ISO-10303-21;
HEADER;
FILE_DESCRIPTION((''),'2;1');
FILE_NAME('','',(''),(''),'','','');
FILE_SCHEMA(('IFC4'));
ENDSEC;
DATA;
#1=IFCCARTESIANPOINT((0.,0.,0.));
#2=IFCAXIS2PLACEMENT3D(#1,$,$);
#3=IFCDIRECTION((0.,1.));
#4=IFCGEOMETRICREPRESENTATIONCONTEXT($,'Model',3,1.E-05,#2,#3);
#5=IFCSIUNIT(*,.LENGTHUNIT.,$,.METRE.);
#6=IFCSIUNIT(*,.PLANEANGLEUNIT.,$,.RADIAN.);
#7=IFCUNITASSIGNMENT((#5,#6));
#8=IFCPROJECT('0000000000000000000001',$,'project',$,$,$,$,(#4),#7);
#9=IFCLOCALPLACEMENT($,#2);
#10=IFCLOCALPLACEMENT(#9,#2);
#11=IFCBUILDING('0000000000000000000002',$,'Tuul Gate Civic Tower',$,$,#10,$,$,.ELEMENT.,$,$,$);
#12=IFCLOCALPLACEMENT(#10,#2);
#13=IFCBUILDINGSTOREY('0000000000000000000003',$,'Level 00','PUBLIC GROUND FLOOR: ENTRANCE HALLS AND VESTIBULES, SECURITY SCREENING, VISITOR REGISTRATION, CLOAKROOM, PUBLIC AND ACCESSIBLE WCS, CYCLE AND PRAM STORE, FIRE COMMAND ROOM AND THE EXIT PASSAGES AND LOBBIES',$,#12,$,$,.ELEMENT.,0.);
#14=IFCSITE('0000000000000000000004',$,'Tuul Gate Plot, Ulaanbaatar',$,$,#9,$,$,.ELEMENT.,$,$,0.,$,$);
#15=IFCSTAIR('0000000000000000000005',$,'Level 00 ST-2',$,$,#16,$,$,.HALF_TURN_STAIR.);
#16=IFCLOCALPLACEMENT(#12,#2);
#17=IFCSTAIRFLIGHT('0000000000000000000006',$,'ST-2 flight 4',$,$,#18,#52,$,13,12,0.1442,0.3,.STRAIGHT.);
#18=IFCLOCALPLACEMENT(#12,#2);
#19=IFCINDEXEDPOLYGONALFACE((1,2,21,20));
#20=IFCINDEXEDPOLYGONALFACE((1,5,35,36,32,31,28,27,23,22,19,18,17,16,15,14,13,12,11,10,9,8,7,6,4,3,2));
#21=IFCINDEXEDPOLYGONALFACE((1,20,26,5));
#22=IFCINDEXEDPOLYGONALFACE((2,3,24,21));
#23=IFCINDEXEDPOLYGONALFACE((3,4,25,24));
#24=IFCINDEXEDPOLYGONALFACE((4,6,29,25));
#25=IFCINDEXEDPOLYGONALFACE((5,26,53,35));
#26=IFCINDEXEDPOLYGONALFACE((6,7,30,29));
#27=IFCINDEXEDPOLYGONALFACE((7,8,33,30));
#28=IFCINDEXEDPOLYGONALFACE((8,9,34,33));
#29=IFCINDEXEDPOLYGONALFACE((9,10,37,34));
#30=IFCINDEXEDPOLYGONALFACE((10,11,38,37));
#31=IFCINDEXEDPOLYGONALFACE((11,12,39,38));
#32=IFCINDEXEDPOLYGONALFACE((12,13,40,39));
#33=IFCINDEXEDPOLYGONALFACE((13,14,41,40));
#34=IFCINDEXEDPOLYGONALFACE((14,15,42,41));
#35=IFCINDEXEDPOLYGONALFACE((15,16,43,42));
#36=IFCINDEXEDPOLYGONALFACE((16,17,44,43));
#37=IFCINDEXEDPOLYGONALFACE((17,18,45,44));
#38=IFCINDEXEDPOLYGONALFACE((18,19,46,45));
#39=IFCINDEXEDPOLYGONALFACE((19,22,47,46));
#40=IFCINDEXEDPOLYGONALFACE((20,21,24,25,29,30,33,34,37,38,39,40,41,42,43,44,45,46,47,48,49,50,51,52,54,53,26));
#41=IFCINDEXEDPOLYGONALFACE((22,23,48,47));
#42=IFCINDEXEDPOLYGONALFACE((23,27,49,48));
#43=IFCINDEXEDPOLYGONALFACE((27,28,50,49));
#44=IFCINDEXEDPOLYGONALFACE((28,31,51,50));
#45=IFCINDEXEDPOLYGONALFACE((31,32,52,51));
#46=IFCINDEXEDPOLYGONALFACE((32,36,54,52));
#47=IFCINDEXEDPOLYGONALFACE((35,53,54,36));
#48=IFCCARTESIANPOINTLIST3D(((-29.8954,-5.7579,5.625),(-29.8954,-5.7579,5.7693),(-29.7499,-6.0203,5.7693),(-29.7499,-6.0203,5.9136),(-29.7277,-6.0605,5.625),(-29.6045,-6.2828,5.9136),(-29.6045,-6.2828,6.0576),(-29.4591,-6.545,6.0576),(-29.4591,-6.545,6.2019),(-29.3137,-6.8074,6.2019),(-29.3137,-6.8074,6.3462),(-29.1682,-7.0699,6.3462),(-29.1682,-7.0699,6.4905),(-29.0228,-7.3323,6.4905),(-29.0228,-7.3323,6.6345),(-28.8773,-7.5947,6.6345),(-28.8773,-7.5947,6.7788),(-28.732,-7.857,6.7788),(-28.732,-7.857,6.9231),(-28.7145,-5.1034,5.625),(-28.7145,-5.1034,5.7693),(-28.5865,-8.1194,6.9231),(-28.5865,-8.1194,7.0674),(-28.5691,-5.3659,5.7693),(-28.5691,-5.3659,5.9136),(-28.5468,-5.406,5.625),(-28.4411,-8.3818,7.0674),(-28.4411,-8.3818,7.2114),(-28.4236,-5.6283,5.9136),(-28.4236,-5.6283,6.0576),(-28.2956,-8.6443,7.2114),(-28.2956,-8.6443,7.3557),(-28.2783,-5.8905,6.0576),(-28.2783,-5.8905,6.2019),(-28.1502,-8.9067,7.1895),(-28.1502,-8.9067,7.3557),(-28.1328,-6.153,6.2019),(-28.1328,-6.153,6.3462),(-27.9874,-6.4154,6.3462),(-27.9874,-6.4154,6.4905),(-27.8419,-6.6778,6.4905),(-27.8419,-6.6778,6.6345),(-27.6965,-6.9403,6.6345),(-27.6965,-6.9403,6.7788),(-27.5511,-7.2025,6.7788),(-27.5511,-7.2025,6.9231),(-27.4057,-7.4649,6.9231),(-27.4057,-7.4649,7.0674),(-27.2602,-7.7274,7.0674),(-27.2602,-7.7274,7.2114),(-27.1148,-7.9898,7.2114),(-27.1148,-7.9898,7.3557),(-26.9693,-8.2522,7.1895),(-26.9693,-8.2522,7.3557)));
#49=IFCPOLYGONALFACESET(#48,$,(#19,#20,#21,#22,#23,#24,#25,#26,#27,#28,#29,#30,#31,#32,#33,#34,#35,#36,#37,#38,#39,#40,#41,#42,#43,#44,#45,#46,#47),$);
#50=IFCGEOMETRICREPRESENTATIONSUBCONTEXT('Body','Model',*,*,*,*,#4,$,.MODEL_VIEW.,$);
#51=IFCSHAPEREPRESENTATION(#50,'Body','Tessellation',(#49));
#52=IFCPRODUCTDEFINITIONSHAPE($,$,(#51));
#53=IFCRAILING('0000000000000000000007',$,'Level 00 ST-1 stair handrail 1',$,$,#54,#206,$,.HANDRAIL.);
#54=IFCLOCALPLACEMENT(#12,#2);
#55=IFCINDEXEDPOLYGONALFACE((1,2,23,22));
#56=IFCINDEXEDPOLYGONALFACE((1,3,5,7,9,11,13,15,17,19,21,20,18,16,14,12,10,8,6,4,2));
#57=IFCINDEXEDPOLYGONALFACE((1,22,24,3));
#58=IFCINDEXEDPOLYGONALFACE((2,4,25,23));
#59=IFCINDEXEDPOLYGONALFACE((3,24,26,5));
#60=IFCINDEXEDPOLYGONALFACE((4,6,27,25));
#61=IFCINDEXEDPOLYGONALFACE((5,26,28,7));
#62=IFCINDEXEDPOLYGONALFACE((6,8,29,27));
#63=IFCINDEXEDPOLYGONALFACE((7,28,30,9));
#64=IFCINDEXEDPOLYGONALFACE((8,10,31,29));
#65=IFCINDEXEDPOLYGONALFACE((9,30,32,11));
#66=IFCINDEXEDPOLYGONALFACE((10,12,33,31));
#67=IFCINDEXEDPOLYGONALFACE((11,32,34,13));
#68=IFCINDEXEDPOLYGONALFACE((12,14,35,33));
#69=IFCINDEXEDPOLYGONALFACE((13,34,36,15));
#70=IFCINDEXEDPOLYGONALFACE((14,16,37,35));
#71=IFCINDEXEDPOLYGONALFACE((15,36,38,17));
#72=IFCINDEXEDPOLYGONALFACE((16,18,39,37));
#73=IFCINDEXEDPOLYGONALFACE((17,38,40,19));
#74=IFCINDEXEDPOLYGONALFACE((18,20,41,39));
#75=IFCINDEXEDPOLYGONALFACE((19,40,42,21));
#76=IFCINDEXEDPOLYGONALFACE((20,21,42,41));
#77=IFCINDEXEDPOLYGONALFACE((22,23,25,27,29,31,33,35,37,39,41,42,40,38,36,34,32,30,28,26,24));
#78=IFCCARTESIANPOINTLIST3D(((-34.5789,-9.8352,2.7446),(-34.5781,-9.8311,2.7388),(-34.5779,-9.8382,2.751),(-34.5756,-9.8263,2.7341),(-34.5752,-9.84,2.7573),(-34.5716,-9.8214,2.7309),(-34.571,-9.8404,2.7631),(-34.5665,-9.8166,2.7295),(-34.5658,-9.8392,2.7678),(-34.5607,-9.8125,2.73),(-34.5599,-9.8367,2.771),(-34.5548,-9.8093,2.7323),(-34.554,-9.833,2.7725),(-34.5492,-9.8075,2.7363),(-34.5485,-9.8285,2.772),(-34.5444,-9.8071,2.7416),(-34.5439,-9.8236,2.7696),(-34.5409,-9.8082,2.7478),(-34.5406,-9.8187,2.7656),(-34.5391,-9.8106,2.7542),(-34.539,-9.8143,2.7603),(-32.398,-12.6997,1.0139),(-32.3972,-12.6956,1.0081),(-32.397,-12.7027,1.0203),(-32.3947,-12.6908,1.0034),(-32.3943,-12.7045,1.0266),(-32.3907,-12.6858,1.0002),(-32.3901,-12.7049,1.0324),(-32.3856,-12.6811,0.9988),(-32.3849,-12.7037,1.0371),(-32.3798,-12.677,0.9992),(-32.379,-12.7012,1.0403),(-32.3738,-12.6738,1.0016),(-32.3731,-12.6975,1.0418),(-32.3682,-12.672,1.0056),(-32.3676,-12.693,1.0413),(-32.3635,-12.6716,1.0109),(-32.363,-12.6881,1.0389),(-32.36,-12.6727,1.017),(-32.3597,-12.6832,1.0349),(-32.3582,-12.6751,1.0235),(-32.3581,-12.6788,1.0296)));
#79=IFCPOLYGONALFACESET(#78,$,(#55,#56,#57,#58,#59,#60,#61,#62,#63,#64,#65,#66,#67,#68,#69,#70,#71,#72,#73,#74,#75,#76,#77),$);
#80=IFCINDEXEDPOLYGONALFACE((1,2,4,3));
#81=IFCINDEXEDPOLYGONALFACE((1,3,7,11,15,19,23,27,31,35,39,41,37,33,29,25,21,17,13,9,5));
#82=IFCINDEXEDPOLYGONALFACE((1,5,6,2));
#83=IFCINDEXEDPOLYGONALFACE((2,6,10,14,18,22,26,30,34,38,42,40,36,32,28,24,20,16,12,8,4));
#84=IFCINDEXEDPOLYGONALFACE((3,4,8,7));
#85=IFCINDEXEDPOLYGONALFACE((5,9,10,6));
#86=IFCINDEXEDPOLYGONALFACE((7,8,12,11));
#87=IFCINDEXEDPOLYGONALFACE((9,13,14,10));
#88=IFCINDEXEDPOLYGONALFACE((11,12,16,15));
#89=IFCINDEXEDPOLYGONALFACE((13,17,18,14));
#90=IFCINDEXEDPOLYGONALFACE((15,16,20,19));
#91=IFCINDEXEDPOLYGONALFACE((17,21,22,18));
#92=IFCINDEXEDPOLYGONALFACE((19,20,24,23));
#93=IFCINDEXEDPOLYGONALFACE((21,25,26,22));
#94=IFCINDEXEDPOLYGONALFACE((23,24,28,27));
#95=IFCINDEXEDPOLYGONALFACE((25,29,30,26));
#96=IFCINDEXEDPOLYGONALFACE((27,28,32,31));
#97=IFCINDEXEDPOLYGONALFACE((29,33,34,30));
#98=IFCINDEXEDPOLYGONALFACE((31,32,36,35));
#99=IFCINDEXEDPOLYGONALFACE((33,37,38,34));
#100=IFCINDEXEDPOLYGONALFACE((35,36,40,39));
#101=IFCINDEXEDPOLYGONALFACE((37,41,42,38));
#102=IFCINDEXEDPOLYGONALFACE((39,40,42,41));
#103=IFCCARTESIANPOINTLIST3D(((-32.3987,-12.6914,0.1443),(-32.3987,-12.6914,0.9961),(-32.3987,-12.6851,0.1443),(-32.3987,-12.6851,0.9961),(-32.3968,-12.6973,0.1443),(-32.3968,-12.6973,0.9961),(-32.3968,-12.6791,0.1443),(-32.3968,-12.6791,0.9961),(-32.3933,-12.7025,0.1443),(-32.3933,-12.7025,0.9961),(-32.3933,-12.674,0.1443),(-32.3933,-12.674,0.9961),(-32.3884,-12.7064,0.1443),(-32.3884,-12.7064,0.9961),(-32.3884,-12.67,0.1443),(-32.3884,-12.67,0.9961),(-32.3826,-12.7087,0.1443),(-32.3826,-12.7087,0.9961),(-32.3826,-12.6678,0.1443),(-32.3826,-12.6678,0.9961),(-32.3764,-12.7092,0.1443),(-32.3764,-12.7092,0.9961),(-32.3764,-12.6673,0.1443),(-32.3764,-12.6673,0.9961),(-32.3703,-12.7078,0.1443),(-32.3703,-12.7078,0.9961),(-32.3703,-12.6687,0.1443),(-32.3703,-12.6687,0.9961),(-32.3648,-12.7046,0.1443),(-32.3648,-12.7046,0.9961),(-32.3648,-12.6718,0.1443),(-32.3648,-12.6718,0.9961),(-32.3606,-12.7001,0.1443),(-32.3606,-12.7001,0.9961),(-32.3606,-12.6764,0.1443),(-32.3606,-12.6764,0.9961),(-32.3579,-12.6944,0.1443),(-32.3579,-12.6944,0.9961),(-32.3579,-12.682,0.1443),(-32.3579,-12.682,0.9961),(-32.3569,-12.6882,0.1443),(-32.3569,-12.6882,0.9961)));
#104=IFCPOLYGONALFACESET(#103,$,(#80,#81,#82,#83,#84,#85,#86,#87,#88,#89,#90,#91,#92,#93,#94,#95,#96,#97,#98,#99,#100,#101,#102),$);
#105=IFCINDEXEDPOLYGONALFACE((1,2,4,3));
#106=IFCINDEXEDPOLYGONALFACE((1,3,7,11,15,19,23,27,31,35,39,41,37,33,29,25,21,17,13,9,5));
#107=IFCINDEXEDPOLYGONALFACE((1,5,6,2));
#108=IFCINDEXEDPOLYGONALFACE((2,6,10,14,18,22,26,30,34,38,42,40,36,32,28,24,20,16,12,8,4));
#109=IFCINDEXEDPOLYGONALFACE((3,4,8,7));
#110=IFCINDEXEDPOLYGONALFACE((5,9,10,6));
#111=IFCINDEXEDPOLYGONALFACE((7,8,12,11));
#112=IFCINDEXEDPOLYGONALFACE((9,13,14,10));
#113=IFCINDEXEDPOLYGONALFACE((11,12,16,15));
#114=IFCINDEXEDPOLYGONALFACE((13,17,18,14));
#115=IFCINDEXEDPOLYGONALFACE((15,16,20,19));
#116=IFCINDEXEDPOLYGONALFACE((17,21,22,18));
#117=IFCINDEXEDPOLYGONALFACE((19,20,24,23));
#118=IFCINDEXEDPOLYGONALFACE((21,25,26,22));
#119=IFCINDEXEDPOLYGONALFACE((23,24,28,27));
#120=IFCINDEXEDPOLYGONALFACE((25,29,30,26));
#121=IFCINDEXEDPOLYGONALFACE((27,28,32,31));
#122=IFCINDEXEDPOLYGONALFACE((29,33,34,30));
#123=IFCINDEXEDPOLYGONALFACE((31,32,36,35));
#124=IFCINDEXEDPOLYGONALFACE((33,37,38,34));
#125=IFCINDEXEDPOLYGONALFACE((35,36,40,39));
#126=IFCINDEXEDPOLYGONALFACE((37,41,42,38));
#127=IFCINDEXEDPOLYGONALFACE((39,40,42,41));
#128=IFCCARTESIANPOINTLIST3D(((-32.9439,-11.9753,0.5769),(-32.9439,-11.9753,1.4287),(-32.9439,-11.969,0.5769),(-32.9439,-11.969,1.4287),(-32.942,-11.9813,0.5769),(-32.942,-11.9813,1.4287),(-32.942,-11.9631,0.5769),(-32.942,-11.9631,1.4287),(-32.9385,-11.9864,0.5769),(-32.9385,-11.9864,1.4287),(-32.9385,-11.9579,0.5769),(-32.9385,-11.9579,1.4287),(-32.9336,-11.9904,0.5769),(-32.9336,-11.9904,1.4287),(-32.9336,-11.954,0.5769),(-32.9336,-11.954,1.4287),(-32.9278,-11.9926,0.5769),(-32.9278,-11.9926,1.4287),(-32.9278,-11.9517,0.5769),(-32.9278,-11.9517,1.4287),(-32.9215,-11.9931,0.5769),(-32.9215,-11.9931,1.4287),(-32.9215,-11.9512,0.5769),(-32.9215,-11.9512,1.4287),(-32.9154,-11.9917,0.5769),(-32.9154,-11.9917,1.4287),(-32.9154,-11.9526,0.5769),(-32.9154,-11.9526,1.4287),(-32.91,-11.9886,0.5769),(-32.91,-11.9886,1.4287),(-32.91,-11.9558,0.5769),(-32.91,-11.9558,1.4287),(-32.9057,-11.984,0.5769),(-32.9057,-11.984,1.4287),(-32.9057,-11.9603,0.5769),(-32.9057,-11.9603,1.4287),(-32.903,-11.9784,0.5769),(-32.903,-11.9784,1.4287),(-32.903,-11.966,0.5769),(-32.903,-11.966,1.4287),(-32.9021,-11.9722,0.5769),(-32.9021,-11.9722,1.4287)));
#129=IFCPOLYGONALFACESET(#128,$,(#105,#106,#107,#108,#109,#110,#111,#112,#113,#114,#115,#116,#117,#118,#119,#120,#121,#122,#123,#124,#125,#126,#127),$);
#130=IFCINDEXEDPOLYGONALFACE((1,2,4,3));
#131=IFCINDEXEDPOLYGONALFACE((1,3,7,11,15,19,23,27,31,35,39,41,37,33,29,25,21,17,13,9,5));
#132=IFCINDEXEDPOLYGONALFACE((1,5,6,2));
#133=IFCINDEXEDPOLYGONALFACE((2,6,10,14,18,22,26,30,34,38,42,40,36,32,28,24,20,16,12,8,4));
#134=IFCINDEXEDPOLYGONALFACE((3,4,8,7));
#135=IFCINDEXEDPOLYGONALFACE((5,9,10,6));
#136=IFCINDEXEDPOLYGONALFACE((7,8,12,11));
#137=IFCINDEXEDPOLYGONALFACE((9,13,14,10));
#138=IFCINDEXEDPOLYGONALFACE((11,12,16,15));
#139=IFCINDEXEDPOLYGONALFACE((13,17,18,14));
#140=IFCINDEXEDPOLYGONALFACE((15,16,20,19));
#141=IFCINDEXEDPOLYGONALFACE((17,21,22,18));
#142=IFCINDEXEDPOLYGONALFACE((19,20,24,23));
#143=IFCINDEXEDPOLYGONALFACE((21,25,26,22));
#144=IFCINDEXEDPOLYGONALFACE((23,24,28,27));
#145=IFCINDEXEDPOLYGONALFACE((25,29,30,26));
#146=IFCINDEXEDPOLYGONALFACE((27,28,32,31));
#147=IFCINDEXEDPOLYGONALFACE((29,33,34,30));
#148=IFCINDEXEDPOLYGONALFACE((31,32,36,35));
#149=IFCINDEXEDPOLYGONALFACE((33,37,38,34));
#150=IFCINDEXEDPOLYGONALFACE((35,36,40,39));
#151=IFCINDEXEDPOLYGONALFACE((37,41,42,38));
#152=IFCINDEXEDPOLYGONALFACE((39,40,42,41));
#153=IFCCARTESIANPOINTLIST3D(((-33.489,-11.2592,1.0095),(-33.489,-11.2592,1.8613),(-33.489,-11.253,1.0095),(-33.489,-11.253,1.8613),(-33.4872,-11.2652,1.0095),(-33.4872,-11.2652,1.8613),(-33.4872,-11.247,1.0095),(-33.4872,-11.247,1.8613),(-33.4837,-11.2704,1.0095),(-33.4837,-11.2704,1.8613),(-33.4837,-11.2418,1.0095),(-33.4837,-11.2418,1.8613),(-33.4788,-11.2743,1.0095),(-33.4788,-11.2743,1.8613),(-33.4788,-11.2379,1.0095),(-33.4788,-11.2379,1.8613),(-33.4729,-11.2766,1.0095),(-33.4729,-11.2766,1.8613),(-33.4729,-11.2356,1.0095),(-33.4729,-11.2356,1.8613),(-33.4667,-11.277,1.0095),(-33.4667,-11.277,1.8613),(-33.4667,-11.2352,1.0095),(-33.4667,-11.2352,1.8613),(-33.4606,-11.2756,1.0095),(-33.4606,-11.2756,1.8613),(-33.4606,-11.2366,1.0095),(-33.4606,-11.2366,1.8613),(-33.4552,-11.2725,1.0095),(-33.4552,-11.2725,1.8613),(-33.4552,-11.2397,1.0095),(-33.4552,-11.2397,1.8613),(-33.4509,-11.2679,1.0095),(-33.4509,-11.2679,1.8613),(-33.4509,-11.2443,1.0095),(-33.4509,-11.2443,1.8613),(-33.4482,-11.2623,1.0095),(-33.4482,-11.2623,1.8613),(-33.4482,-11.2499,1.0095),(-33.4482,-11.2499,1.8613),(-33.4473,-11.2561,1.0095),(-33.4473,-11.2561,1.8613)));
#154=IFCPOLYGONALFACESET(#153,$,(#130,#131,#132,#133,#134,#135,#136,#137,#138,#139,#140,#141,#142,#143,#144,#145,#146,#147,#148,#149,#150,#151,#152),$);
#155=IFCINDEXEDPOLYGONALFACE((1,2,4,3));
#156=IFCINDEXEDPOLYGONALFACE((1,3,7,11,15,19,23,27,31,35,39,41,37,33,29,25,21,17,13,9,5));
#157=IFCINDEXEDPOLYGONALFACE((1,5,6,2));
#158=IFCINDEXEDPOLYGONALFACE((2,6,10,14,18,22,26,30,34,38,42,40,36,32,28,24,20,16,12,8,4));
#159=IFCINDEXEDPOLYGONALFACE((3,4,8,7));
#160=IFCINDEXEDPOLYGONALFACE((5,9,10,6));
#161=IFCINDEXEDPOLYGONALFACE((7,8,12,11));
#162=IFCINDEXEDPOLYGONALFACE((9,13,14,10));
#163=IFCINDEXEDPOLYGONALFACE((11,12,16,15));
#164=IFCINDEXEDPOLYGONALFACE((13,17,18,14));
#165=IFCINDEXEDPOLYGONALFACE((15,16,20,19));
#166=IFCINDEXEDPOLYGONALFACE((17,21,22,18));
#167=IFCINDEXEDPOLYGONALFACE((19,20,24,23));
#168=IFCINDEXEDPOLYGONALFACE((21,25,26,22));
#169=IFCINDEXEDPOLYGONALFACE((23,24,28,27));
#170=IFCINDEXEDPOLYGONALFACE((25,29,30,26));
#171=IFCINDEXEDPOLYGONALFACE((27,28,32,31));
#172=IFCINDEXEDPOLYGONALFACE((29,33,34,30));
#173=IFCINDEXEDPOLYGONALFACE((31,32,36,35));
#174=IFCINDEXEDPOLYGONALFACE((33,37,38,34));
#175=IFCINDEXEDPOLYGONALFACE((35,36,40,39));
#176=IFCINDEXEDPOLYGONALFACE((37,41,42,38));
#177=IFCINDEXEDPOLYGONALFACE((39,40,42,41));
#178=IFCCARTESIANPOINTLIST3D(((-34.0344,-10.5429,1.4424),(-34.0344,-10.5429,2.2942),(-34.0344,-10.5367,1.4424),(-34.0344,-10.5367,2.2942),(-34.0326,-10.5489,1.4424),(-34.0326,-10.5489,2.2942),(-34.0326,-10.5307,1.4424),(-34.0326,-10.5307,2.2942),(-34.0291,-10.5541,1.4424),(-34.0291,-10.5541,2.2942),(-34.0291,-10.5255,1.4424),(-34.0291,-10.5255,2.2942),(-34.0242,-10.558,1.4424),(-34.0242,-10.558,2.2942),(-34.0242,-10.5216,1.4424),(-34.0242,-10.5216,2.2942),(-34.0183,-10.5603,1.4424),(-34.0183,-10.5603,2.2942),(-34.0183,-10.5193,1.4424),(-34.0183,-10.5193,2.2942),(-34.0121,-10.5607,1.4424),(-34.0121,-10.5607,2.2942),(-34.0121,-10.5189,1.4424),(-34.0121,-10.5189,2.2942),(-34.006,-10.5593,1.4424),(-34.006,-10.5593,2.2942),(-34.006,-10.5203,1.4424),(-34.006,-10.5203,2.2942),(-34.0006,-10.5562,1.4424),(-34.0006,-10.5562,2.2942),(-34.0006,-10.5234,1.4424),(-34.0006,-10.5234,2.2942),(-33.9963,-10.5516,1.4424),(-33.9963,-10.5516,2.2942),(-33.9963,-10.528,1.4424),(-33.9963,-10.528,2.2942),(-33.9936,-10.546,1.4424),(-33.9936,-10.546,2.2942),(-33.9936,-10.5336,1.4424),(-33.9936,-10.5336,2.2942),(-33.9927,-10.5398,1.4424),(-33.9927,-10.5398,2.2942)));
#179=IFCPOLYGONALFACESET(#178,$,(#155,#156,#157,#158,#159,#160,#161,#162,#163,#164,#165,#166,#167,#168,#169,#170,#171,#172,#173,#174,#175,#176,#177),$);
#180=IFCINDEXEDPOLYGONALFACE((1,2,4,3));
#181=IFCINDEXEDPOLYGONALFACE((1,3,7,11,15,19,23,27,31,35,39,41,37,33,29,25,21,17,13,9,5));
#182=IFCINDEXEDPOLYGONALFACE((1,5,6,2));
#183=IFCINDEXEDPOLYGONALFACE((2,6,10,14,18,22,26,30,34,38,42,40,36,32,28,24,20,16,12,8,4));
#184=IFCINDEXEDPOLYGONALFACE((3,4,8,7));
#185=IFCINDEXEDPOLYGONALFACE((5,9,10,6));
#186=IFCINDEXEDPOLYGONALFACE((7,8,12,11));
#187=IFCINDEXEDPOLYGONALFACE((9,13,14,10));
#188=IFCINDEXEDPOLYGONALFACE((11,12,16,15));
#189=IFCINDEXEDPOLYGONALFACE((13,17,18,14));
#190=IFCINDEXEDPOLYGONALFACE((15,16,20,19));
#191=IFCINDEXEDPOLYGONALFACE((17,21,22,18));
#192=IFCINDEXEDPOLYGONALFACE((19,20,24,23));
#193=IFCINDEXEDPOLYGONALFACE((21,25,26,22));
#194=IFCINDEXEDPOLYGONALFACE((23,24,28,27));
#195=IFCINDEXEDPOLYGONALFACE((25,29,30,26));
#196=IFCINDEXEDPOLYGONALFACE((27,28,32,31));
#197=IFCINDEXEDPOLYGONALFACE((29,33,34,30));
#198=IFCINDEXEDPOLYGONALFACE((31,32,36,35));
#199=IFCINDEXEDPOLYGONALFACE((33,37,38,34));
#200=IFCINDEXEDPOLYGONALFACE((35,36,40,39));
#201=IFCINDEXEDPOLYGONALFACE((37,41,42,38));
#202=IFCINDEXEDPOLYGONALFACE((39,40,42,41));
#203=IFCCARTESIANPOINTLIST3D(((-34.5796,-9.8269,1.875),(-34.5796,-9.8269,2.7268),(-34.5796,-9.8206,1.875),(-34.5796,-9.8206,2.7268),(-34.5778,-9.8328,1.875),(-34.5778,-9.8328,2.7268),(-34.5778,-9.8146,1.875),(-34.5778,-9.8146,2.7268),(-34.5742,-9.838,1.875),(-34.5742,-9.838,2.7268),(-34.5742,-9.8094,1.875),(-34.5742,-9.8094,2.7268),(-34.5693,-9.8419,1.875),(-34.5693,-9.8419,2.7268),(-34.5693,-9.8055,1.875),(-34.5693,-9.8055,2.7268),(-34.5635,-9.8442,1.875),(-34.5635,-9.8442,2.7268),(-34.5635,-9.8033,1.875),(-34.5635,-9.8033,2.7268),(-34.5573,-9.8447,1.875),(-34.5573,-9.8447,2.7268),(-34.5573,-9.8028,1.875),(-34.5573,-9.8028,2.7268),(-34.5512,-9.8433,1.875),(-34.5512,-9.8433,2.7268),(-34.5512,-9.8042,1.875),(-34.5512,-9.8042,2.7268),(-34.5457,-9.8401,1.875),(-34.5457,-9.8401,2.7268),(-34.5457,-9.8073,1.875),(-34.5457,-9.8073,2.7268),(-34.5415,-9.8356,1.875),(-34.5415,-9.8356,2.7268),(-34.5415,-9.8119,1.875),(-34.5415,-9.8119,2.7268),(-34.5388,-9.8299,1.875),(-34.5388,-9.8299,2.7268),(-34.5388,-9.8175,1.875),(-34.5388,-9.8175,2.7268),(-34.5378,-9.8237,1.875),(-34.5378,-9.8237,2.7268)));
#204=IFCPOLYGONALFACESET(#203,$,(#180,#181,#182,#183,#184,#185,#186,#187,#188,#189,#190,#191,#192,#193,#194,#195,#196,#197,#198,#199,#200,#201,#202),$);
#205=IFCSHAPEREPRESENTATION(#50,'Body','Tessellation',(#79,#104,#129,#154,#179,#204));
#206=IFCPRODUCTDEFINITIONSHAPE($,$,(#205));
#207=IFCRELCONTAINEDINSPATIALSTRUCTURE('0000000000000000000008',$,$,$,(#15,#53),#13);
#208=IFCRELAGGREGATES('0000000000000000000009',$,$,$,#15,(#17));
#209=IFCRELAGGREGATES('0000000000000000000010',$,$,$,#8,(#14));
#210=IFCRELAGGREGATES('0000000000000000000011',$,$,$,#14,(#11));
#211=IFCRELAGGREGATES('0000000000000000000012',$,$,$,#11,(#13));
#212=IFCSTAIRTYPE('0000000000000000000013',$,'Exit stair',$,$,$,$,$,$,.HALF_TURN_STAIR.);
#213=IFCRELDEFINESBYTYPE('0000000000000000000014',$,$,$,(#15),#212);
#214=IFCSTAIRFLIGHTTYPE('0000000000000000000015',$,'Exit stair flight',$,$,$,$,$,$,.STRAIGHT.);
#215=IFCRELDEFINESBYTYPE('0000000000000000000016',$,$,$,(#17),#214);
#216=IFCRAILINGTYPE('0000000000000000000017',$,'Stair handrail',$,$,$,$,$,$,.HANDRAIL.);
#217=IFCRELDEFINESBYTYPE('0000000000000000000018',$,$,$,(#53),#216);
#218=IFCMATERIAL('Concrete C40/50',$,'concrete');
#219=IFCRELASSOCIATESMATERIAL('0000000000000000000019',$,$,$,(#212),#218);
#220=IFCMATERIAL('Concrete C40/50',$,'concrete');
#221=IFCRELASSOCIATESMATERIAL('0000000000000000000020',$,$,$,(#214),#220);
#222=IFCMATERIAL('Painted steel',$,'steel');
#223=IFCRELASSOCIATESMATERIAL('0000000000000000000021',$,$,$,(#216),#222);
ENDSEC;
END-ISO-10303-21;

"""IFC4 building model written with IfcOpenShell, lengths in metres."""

from ifc_helpers import new_model, si_unit, direction, frame, origin, origin_2d, place, context, subcontext, project, spatial, polyline, circle, outline, extrude, material, type_object, element, aggregate, save


model = new_model("IFC4")

# Units and contexts
model_context = context("Model", 3, precision=1e-05, world=origin(), true_north=direction((0.0, 1.0)))
body_context = subcontext(model_context, "Body", "Model", "MODEL_VIEW")
ifc_project = project(units=[si_unit("LENGTHUNIT", "METRE"), si_unit("PLANEANGLEUNIT", "RADIAN")], contexts=[model_context])

# Site, building, storey
site_placement = place(None, origin())
site = spatial("IfcSite", under=ifc_project, at=site_placement, Name="Tuul Gate Plot, Ulaanbaatar", CompositionType="ELEMENT", RefElevation=0.0)
building_placement = place(site_placement, origin())
building = spatial("IfcBuilding", under=site, at=building_placement, Name="Tuul Gate Civic Tower", CompositionType="ELEMENT")
storey_placement = place(building_placement, origin())
storey = spatial("IfcBuildingStorey", under=building, at=storey_placement, Name="Level 00", Description="PUBLIC GROUND FLOOR: ENTRANCE HALLS AND VESTIBULES, SECURITY SCREENING, VISITOR REGISTRATION, CLOAKROOM, PUBLIC AND ACCESSIBLE WCS, CYCLE AND PRAM STORE, FIRE COMMAND ROOM AND THE EXIT PASSAGES AND LOBBIES", CompositionType="ELEMENT", Elevation=0.0)

# Stair, stair flight
ifc_material_1 = material(Name="Concrete C40/50", Category="concrete")
stair_type = type_object("IfcStairType", Name="Exit stair", PredefinedType="HALF_TURN_STAIR", material=ifc_material_1)
ifc_material_2 = material(Name="Concrete C40/50", Category="concrete")
stair_flight_type = type_object("IfcStairFlightType", Name="Exit stair flight", PredefinedType="STRAIGHT", material=ifc_material_2)
stair_1_placement = place(storey_placement, origin())
stair_1 = element("IfcStair", 1, at=stair_1_placement, inside=storey, type_object=stair_type, Name="Level 00 ST-2", PredefinedType="HALF_TURN_STAIR")
stair_flight_1_placement = place(storey_placement, frame((-29.3049, -5.4307, 5.625), z_axis=(0.0, 0.0, 1.0), x_axis=(0.484762, -0.874646, 0.0)))
stair_flight_1 = element("IfcStairFlight", 2, at=stair_flight_1_placement, type_object=stair_flight_type, Name="ST-2 flight 4", NumberOfRisers=13, NumberOfTreads=12, PredefinedType="STRAIGHT", RiserHeight=0.1442, TreadLength=0.3, context=body_context, shape_type="SweptSolid", body=[
    extrude(outline(polyline([(0.0, 0.0), (0.0, 0.1443), (0.3, 0.1443), (0.3, 0.2886), (0.6001, 0.2886), (0.6001, 0.4326), (0.8999, 0.4326), (0.8999, 0.5769), (1.2, 0.5769), (1.2, 0.7212), (1.5, 0.7212), (1.5, 0.8655), (1.8, 0.8655), (1.8, 1.0095), (2.1001, 1.0095), (2.1001, 1.1538), (2.3999, 1.1538), (2.3999, 1.2981), (2.7, 1.2981), (2.7, 1.4424), (3.0, 1.4424), (3.0, 1.5864), (3.3, 1.5864), (3.3, 1.7307), (3.6001, 1.7307), (3.6001, 1.875), (3.6001, 1.5645), (0.3459, 0.0), (0.0, 0.0)])), frame((0.0, 0.675, 0.0), z_axis=(0.0, -1.0, 0.0), x_axis=(1.0, 0.0, 0.0)), (0.0, 0.0, 1.0), 1.3501),
])
aggregate(stair_1, [stair_flight_1])

# Railing
ifc_material_3 = material(Name="Painted steel", Category="steel")
railing_type_1 = type_object("IfcRailingType", Name="Stair handrail", PredefinedType="HANDRAIL", material=ifc_material_3)
for number, where, name in (
    (3, (-32.3779, -12.6882, 0.1443), "Level 00 ST-1 stair handrail 1"),
):
    element("IfcRailing", number, at=place(storey_placement, frame(where)), inside=storey, type_object=railing_type_1, Name=name, PredefinedType="HANDRAIL", context=body_context, shape_type="SweptSolid", body=[
        extrude(circle(Radius=0.0239, at=origin_2d()), frame((0.0, 0.0, 0.876), z_axis=(-0.545959, 0.717087, 0.433259), x_axis=(-0.795642, -0.605767, 0.0)), (0.0, 0.0, 1.0), 3.9946),
        extrude(circle(Radius=0.021, at=origin_2d()), origin(), (0.0, 0.0, 1.0), 0.8518),
        extrude(circle(Radius=0.021, at=origin_2d()), frame((-0.5452, 0.7161, 0.4326)), (0.0, 0.0, 1.0), 0.8518),
        extrude(circle(Radius=0.021, at=origin_2d()), frame((-1.0903, 1.4321, 0.8652)), (0.0, 0.0, 1.0), 0.8518),
        extrude(circle(Radius=0.021, at=origin_2d()), frame((-1.6357, 2.1484, 1.2981)), (0.0, 0.0, 1.0), 0.8518),
        extrude(circle(Radius=0.021, at=origin_2d()), frame((-2.1809, 2.8645, 1.7307)), (0.0, 0.0, 1.0), 0.8518),
    ])

save(model, "model.ifc")
